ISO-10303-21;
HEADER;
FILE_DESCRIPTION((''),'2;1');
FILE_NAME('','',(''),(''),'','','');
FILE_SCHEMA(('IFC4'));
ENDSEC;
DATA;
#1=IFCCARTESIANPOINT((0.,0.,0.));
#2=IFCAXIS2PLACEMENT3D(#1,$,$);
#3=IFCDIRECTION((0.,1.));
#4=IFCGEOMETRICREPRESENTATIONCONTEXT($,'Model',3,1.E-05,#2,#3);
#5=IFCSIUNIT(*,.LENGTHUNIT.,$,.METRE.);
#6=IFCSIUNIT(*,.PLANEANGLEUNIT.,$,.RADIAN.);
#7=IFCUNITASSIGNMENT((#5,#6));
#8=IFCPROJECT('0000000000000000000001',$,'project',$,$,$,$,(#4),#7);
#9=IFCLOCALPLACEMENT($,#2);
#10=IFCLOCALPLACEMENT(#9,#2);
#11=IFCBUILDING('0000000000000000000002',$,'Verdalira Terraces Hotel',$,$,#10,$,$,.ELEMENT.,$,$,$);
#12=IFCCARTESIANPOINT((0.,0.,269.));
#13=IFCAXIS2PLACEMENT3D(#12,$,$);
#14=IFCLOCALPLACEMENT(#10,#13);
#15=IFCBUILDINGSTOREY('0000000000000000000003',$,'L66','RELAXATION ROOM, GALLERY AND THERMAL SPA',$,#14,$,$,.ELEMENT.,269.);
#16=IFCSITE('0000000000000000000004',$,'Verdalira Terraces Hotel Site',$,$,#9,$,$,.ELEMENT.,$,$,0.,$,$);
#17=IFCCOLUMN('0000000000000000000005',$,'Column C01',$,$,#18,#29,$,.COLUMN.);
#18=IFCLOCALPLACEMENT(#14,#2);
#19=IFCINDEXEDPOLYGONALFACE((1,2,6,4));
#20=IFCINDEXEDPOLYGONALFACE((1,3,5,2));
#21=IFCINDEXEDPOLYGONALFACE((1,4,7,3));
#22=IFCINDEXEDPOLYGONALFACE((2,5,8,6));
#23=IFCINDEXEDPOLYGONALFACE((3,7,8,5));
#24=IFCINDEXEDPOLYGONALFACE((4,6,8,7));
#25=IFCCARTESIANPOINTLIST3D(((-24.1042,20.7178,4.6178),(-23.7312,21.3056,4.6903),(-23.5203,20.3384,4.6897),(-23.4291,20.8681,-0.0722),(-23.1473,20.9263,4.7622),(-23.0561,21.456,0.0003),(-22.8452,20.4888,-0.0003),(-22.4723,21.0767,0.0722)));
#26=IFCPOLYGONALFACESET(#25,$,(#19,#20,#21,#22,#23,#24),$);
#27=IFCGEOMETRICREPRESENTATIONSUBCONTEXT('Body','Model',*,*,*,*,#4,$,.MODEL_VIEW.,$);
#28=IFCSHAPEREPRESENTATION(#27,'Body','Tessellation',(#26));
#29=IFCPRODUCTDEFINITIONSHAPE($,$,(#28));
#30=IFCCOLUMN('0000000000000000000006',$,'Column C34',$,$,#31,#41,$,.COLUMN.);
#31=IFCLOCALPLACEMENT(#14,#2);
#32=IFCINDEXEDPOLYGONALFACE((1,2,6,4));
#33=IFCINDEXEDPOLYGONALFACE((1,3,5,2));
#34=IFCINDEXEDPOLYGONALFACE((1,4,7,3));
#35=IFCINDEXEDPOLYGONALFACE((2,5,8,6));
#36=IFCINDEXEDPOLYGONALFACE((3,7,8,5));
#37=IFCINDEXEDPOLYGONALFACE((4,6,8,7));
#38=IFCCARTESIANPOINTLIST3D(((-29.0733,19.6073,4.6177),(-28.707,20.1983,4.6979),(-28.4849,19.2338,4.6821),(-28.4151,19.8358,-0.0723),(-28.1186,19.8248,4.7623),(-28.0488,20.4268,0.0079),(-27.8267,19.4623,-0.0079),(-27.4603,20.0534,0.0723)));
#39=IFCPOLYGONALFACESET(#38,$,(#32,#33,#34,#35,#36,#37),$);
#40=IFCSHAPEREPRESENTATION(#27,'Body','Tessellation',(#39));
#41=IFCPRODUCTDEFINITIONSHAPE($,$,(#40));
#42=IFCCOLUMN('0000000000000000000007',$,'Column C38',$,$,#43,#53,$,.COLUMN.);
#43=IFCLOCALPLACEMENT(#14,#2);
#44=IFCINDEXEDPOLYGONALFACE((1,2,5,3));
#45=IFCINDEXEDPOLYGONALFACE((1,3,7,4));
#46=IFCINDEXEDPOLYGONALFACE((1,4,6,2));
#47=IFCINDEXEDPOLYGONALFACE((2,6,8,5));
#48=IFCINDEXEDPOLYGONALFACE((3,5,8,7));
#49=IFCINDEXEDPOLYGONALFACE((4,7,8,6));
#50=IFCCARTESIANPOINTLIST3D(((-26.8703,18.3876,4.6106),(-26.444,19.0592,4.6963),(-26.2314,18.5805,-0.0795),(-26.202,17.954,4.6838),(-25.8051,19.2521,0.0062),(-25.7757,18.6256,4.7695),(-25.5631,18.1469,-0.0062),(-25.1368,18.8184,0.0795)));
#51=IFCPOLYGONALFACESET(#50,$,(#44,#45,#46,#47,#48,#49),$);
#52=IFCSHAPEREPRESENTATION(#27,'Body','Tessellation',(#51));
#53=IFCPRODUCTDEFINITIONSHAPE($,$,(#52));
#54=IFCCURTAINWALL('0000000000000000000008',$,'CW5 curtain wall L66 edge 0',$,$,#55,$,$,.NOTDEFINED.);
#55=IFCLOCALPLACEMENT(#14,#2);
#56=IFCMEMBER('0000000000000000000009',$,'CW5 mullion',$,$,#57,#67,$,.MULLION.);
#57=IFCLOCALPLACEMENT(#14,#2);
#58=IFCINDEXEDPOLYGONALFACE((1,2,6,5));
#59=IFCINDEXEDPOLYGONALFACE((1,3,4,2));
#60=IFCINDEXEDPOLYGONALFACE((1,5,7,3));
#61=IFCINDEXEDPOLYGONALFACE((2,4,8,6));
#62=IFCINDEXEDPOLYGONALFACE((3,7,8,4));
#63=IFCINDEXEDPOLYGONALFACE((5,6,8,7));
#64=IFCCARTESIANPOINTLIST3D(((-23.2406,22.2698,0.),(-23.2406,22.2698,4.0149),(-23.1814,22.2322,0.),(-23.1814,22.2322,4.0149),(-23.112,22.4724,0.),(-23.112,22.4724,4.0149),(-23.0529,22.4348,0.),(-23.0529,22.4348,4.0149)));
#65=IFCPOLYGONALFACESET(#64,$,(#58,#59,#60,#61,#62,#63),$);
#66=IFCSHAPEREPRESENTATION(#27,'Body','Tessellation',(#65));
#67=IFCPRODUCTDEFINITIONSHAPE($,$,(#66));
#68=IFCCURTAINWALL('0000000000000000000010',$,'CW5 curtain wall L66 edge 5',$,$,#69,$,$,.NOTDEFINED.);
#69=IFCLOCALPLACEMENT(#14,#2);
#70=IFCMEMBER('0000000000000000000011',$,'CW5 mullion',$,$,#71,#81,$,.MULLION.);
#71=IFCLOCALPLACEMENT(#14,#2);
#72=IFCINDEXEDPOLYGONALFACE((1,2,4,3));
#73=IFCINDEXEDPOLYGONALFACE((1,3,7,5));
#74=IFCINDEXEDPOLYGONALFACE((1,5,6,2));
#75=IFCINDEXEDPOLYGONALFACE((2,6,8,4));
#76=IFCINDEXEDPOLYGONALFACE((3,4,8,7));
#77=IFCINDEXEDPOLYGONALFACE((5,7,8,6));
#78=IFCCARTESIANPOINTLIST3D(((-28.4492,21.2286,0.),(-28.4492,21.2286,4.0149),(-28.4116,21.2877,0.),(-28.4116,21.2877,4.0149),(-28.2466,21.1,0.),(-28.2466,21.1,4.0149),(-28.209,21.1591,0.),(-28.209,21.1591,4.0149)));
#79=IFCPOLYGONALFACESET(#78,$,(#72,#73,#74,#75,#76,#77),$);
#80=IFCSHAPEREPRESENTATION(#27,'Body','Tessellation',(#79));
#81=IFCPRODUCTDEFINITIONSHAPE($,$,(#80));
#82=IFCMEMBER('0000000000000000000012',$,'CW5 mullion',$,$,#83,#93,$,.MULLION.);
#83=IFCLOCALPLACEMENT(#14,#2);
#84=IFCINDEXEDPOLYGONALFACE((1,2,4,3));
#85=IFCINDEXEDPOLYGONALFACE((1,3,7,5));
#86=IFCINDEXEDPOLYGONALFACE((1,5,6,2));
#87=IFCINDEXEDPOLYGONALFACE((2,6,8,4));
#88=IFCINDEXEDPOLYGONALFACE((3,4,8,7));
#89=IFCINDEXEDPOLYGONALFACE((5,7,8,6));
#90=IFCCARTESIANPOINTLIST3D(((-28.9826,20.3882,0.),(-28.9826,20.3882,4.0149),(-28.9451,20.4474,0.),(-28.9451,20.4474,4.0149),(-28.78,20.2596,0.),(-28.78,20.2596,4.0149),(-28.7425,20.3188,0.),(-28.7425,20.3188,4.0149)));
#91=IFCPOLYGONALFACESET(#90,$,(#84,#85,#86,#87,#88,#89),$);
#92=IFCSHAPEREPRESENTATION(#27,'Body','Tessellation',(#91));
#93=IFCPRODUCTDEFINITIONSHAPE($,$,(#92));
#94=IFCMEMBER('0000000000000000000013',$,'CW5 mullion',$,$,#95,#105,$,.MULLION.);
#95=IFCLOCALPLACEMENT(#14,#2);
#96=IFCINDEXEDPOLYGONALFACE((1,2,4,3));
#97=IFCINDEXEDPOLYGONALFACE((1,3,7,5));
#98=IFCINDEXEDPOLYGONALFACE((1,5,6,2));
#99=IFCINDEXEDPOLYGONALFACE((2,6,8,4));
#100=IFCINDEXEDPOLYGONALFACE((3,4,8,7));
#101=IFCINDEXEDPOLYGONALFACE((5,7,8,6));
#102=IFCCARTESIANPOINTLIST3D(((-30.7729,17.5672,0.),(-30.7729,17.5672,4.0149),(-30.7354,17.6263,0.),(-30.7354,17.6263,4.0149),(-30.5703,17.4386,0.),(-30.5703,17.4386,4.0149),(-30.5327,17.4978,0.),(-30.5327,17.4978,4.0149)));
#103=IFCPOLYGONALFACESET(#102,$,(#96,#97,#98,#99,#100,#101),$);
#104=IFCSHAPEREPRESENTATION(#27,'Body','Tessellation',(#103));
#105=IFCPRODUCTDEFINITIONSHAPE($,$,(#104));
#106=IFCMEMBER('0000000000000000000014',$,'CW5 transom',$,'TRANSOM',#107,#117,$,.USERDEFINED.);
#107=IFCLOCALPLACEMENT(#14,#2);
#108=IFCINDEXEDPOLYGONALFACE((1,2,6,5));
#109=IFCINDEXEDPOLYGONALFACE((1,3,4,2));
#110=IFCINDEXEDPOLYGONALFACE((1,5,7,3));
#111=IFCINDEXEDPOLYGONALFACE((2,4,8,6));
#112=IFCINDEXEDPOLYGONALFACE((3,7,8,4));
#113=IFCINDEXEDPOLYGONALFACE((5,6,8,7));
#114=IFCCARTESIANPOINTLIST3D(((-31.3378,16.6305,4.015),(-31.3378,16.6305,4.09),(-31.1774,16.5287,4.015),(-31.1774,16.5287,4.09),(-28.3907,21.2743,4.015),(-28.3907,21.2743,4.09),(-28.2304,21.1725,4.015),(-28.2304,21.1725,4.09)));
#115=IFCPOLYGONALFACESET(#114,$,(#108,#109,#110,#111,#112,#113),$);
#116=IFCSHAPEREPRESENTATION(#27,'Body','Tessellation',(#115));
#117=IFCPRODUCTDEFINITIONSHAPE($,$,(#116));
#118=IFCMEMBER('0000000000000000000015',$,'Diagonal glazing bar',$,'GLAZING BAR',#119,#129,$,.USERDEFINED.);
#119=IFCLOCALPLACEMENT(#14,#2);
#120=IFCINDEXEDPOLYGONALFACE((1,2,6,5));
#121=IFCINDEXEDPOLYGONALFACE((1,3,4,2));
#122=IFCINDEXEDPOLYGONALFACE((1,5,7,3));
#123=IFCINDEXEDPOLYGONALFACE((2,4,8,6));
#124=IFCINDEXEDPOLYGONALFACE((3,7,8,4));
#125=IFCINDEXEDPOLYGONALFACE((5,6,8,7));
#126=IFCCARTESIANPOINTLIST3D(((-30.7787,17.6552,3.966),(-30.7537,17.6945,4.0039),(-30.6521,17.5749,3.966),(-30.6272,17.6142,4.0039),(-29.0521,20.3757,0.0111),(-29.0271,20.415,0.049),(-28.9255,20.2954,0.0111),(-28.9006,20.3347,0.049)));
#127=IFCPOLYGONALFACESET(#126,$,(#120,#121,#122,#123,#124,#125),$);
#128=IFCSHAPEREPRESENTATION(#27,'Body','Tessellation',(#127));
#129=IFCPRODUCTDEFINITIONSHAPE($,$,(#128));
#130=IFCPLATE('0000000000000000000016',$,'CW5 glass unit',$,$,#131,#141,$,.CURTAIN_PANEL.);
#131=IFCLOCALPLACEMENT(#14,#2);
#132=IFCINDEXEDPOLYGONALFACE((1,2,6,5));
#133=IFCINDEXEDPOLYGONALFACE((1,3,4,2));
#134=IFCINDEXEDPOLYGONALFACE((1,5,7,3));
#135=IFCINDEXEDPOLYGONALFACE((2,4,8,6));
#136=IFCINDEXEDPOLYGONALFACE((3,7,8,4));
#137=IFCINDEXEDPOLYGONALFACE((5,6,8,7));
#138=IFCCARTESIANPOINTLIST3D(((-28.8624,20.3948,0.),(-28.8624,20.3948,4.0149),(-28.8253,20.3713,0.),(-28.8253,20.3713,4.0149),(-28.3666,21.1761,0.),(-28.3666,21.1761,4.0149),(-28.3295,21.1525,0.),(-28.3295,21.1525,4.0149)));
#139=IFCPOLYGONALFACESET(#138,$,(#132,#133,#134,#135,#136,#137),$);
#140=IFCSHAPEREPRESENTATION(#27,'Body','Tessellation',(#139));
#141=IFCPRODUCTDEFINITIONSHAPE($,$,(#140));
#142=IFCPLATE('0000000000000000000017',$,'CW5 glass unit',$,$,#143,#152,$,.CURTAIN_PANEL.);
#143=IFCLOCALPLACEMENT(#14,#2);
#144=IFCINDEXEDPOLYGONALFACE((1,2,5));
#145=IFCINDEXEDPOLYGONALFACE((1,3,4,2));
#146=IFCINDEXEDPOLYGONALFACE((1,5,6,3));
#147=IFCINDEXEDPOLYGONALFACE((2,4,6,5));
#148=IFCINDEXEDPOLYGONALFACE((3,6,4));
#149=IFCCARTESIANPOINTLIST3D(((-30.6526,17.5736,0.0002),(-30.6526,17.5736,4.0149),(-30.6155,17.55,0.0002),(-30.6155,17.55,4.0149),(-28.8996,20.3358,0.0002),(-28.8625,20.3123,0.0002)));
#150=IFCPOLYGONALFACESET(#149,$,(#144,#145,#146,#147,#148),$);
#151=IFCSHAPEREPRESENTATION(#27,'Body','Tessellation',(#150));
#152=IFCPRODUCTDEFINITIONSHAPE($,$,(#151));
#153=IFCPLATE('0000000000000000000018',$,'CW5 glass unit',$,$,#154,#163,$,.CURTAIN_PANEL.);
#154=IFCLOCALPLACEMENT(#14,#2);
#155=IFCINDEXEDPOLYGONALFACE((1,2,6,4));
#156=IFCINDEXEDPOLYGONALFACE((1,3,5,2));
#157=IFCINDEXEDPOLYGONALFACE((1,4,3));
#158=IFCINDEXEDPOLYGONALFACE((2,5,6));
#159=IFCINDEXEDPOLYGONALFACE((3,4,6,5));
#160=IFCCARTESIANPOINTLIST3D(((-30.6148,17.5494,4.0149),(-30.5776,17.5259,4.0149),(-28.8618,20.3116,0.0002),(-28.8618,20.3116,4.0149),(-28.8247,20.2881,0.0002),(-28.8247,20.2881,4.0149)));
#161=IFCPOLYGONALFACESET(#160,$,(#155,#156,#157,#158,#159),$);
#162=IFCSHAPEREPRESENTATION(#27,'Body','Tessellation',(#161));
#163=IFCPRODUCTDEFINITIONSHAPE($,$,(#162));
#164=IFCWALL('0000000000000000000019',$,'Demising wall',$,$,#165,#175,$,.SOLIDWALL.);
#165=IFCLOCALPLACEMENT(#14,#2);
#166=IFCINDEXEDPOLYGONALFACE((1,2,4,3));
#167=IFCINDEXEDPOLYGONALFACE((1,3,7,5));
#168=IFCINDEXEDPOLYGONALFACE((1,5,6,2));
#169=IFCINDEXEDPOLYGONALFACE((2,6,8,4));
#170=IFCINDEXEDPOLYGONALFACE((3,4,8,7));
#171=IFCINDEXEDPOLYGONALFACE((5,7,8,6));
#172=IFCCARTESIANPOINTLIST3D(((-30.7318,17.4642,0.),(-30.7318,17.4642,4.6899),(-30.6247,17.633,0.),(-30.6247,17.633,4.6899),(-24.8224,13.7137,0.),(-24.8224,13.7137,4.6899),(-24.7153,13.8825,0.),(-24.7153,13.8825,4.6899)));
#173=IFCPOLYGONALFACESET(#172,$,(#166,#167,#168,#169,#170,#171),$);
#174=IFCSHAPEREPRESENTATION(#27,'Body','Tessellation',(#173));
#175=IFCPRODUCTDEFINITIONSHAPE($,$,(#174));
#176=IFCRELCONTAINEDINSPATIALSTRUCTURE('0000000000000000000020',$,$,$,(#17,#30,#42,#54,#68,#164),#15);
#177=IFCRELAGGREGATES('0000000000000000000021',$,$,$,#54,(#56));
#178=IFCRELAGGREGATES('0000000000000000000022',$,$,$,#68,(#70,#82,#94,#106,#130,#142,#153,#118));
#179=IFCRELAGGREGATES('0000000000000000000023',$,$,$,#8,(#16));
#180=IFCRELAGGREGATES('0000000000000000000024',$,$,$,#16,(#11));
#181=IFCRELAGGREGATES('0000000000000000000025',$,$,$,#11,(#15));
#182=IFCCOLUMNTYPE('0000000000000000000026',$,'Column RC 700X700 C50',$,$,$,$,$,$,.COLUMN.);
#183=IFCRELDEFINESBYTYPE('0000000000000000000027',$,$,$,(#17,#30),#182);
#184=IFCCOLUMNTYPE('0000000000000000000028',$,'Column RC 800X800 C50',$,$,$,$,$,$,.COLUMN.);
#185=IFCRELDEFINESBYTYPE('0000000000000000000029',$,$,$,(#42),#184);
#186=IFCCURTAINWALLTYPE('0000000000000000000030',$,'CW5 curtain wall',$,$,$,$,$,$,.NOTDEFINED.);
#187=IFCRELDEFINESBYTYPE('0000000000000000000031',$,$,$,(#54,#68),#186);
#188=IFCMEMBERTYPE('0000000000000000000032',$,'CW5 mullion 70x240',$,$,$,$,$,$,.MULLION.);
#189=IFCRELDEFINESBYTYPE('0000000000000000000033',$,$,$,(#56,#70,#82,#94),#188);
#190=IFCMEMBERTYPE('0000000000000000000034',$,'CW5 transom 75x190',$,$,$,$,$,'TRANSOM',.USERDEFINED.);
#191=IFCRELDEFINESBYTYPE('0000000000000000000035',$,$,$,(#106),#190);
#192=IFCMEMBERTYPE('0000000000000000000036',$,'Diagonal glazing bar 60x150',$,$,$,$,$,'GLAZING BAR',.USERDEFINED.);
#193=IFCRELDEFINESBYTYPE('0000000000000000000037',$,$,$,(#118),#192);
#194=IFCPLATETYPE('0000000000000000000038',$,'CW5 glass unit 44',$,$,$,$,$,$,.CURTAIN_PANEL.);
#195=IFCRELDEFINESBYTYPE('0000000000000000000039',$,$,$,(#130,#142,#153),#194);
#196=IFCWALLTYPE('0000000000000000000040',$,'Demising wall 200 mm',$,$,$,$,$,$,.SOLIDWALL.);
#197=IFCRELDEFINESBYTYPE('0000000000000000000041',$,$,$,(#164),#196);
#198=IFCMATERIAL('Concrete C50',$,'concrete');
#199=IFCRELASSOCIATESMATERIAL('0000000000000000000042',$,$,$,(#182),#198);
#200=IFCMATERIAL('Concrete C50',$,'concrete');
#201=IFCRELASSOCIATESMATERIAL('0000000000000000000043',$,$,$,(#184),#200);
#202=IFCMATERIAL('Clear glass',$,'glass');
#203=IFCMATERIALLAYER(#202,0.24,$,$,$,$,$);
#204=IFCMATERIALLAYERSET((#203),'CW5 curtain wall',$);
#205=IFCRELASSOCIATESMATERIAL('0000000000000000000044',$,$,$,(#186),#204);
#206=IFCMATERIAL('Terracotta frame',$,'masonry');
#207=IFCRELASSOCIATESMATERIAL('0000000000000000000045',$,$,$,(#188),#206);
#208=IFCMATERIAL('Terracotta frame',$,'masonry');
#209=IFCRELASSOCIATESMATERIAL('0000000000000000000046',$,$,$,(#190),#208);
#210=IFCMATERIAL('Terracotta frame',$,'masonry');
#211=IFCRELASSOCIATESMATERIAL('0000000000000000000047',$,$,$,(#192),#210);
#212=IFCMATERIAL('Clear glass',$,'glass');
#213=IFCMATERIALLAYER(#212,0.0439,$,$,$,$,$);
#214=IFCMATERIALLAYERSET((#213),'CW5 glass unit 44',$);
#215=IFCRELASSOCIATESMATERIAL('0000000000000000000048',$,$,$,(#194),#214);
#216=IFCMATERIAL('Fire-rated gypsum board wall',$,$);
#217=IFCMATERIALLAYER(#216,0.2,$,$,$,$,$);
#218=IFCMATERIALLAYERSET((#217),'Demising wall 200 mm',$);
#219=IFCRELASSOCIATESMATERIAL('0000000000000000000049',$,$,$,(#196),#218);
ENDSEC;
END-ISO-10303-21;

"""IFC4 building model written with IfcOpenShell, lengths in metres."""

from ifc_helpers import new_model, si_unit, direction, frame, frame_2d, origin, origin_2d, place, context, subcontext, project, spatial, polyline, rectangle, outline, extrude, material, layer, layer_set, material_profile, profile_set, type_object, element, aggregate, save


model = new_model("IFC4")

# Units and contexts
model_context = context("Model", 3, precision=1e-05, world=origin(), true_north=direction((0.0, 1.0)))
body_context = subcontext(model_context, "Body", "Model", "MODEL_VIEW")
ifc_project = project(units=[si_unit("LENGTHUNIT", "METRE"), si_unit("PLANEANGLEUNIT", "RADIAN")], contexts=[model_context])

# Site, building, storey
site_placement = place(None, origin())
site = spatial("IfcSite", under=ifc_project, at=site_placement, Name="Verdalira Terraces Hotel Site", CompositionType="ELEMENT", RefElevation=0.0)
building_placement = place(site_placement, origin())
building = spatial("IfcBuilding", under=site, at=building_placement, Name="Verdalira Terraces Hotel", CompositionType="ELEMENT")
storey_placement = place(building_placement, frame((0.0, 0.0, 269.0)))
storey = spatial("IfcBuildingStorey", under=building, at=storey_placement, Name="L66", Description="RELAXATION ROOM, GALLERY AND THERMAL SPA", CompositionType="ELEMENT", Elevation=269.0)

# Columns
ifc_material_1 = material(Name="Concrete C50", Category="concrete")
ifc_material_profile_1 = material_profile(ifc_material_1, rectangle(XDim=0.7, YDim=0.7, at=origin_2d()), Name="RC 700X700")
ifc_profile_set_1 = profile_set([ifc_material_profile_1], Name="Concrete C50")
column_type_1 = type_object("IfcColumnType", Name="Column RC 700X700 C50", PredefinedType="COLUMN", material=ifc_profile_set_1)
column_1_placement = place(storey_placement, frame((-22.9507, 20.9724, 0.0), z_axis=(-0.142396, -0.031724, 0.989301), x_axis=(-0.834137, 0.541914, -0.102685)))
element("IfcColumn", 1, at=column_1_placement, inside=storey, type_object=column_type_1, Name="Column C01", PredefinedType="COLUMN", context=body_context, shape_type="SweptSolid", body=[
    extrude(rectangle(XDim=0.7, YDim=0.7, at=origin_2d()), origin(), (0.0, 0.0, 1.0), 4.7407),
])
column_2_placement = place(storey_placement, frame((-27.9377, 19.9446, 0.0), z_axis=(-0.13882, -0.048196, 0.989144), x_axis=(-0.523349, -0.844378, -0.114591)))
element("IfcColumn", 2, at=column_2_placement, inside=storey, type_object=column_type_1, Name="Column C34", PredefinedType="COLUMN", context=body_context, shape_type="SweptSolid", body=[
    extrude(rectangle(XDim=0.7, YDim=0.7, at=origin_2d()), origin(), (0.0, 0.0, 1.0), 4.7415),
])
ifc_material_2 = material(Name="Concrete C50", Category="concrete")
ifc_material_profile_2 = material_profile(ifc_material_2, rectangle(XDim=0.8, YDim=0.8, at=origin_2d()), Name="RC 800X800")
ifc_profile_set_2 = profile_set([ifc_material_profile_2], Name="Concrete C50")
column_type_2 = type_object("IfcColumnType", Name="Column RC 800X800 C50", PredefinedType="COLUMN", material=ifc_profile_set_2)
column_3_placement = place(storey_placement, frame((-25.6841, 18.6995, 0.0), z_axis=(-0.134872, -0.040714, 0.990026), x_axis=(-0.835395, 0.541977, -0.091518)))
element("IfcColumn", 3, at=column_3_placement, inside=storey, type_object=column_type_2, Name="Column C38", PredefinedType="COLUMN", context=body_context, shape_type="SweptSolid", body=[
    extrude(rectangle(XDim=0.8, YDim=0.8, at=origin_2d()), origin(), (0.0, 0.0, 1.0), 4.7373),
])

# Curtain wall, member
ifc_material_3 = material(Name="Clear glass", Category="glass")
ifc_layer_1 = layer(ifc_material_3, 0.24)
ifc_layer_set_1 = layer_set([ifc_layer_1], Name="CW5 curtain wall")
curtain_wall_type = type_object("IfcCurtainWallType", Name="CW5 curtain wall", PredefinedType="NOTDEFINED", material=ifc_layer_set_1)
curtain_wall_1_placement = place(storey_placement, origin())
curtain_wall_1 = element("IfcCurtainWall", 4, at=curtain_wall_1_placement, inside=storey, type_object=curtain_wall_type, Name="CW5 curtain wall L66 edge 0", PredefinedType="NOTDEFINED")
ifc_material_4 = material(Name="Terracotta frame", Category="masonry")
ifc_material_profile_3 = material_profile(ifc_material_4, rectangle(XDim=0.0701, YDim=0.24, at=origin_2d()), Name="MU 70x240")
ifc_profile_set_3 = profile_set([ifc_material_profile_3], Name="Terracotta frame")
member_type_1 = type_object("IfcMemberType", Name="CW5 mullion 70x240", PredefinedType="MULLION", material=ifc_profile_set_3)
member_1_placement = place(storey_placement, frame((-23.1467, 22.3523, 0.0), z_axis=(0.0, 0.0, 1.0), x_axis=(-0.844328, 0.535827, 0.0)))
member_1 = element("IfcMember", 5, at=member_1_placement, type_object=member_type_1, Name="CW5 mullion", PredefinedType="MULLION", context=body_context, shape_type="SweptSolid", body=[
    extrude(rectangle(XDim=0.0701, YDim=0.24, at=origin_2d()), origin(), (0.0, 0.0, 1.0), 4.0149),
])
aggregate(curtain_wall_1, [member_1])

# Curtain wall, members, plates
curtain_wall_2_placement = place(storey_placement, origin())
curtain_wall_2 = element("IfcCurtainWall", 6, at=curtain_wall_2_placement, inside=storey, type_object=curtain_wall_type, Name="CW5 curtain wall L66 edge 5", PredefinedType="NOTDEFINED")
member_2_placement = place(storey_placement, frame((-28.3291, 21.1938, 0.0), z_axis=(0.0, 0.0, 1.0), x_axis=(-0.535827, -0.844328, 0.0)))
member_2 = element("IfcMember", 7, at=member_2_placement, type_object=member_type_1, Name="CW5 mullion", PredefinedType="MULLION", context=body_context, shape_type="SweptSolid", body=[
    extrude(rectangle(XDim=0.0701, YDim=0.24, at=origin_2d()), origin(), (0.0, 0.0, 1.0), 4.0149),
])
member_3_placement = place(storey_placement, frame((-28.8625, 20.3535, 0.0), z_axis=(0.0, 0.0, 1.0), x_axis=(-0.535827, -0.844328, 0.0)))
member_3 = element("IfcMember", 8, at=member_3_placement, type_object=member_type_1, Name="CW5 mullion", PredefinedType="MULLION", context=body_context, shape_type="SweptSolid", body=[
    extrude(rectangle(XDim=0.0701, YDim=0.24, at=origin_2d()), origin(), (0.0, 0.0, 1.0), 4.0149),
])
member_4_placement = place(storey_placement, frame((-30.6528, 17.5325, 0.0), z_axis=(0.0, 0.0, 1.0), x_axis=(-0.535827, -0.844328, 0.0)))
member_4 = element("IfcMember", 9, at=member_4_placement, type_object=member_type_1, Name="CW5 mullion", PredefinedType="MULLION", context=body_context, shape_type="SweptSolid", body=[
    extrude(rectangle(XDim=0.0701, YDim=0.24, at=origin_2d()), origin(), (0.0, 0.0, 1.0), 4.0149),
])
ifc_material_5 = material(Name="Terracotta frame", Category="masonry")
ifc_material_profile_4 = material_profile(ifc_material_5, rectangle(XDim=0.1899, YDim=0.075, at=origin_2d()), Name="TR 75x190")
ifc_profile_set_4 = profile_set([ifc_material_profile_4], Name="Terracotta frame")
member_type_2 = type_object("IfcMemberType", Name="CW5 transom 75x190", ElementType="TRANSOM", PredefinedType="USERDEFINED", material=ifc_profile_set_4)
member_5_placement = place(storey_placement, frame((-28.3105, 21.2234, 4.0525), z_axis=(-0.535824, -0.84433, 0.0), x_axis=(0.84433, -0.535824, 0.0)))
member_5 = element("IfcMember", 10, at=member_5_placement, type_object=member_type_2, Name="CW5 transom", ObjectType="TRANSOM", PredefinedType="USERDEFINED", context=body_context, shape_type="SweptSolid", body=[
    extrude(rectangle(XDim=0.1899, YDim=0.075, at=origin_2d()), origin(), (0.0, 0.0, 1.0), 5.5),
])
ifc_material_6 = material(Name="Terracotta frame", Category="masonry")
ifc_material_profile_5 = material_profile(ifc_material_6, rectangle(XDim=0.1499, YDim=0.0601, at=origin_2d()), Name="GB 60x150")
ifc_profile_set_5 = profile_set([ifc_material_profile_5], Name="Terracotta frame")
member_type_3 = type_object("IfcMemberType", Name="Diagonal glazing bar 60x150", ElementType="GLAZING BAR", PredefinedType="USERDEFINED", material=ifc_profile_set_5)
member_6_placement = place(storey_placement, frame((-28.9763, 20.3552, 0.03), z_axis=(-0.33846, -0.533294, 0.775269), x_axis=(0.844313, -0.53585, 0.0)))
member_6 = element("IfcMember", 11, at=member_6_placement, type_object=member_type_3, Name="Diagonal glazing bar", ObjectType="GLAZING BAR", PredefinedType="USERDEFINED", context=body_context, shape_type="SweptSolid", body=[
    extrude(rectangle(XDim=0.1499, YDim=0.0601, at=origin_2d()), origin(), (0.0, 0.0, 1.0), 5.1013),
])
ifc_material_7 = material(Name="Clear glass", Category="glass")
ifc_layer_2 = layer(ifc_material_7, 0.0439)
ifc_layer_set_2 = layer_set([ifc_layer_2], Name="CW5 glass unit 44")
plate_type = type_object("IfcPlateType", Name="CW5 glass unit 44", PredefinedType="CURTAIN_PANEL", material=ifc_layer_set_2)
plate_1_placement = place(storey_placement, frame((-28.5959, 20.7737, 0.0), z_axis=(0.0, 0.0, 1.0), x_axis=(-0.535827, -0.844328, 0.0)))
plate_1 = element("IfcPlate", 12, at=plate_1_placement, type_object=plate_type, Name="CW5 glass unit", PredefinedType="CURTAIN_PANEL", context=body_context, shape_type="SweptSolid", body=[
    extrude(rectangle(XDim=0.9253, YDim=0.0439, at=origin_2d()), origin(), (0.0, 0.0, 1.0), 4.0149),
])
plate_2_placement = place(storey_placement, frame((-29.739, 18.9312, 2.0076), z_axis=(-0.844328, 0.535827, 0.0), x_axis=(-0.535827, -0.844328, 0.0)))
plate_2 = element("IfcPlate", 13, at=plate_2_placement, type_object=plate_type, Name="CW5 glass unit", PredefinedType="CURTAIN_PANEL", context=body_context, shape_type="SweptSolid", body=[
    extrude(outline(polyline([(-1.6357, -2.0073), (1.6357, -2.0073), (1.6357, 2.0073), (-1.6357, -2.0073)])), origin(), (0.0, 0.0, 1.0), 0.0439),
])
plate_3_placement = place(storey_placement, frame((-29.7012, 18.907, 2.0076), z_axis=(-0.844328, 0.535827, 0.0), x_axis=(-0.535827, -0.844328, 0.0)))
plate_3 = element("IfcPlate", 14, at=plate_3_placement, type_object=plate_type, Name="CW5 glass unit", PredefinedType="CURTAIN_PANEL", context=body_context, shape_type="SweptSolid", body=[
    extrude(outline(polyline([(-1.6357, -2.0073), (1.6357, 2.0073), (-1.6357, 2.0073), (-1.6357, -2.0073)])), origin(), (0.0, 0.0, 1.0), 0.0439),
])
aggregate(curtain_wall_2, [member_2, member_3, member_4, member_5, plate_1, plate_2, plate_3, member_6])

# Wall
ifc_material_8 = material(Name="Fire-rated gypsum board wall")
ifc_layer_3 = layer(ifc_material_8, 0.2)
ifc_layer_set_3 = layer_set([ifc_layer_3], Name="Demising wall 200 mm")
wall_type_1 = type_object("IfcWallType", Name="Demising wall 200 mm", PredefinedType="SOLIDWALL", material=ifc_layer_set_3)
wall_1_placement = place(storey_placement, frame((-30.6782, 17.5486, 0.0), z_axis=(0.0, 0.0, 1.0), x_axis=(0.844312, -0.535853, 0.0)))
element("IfcWall", 15, at=wall_1_placement, inside=storey, type_object=wall_type_1, Name="Demising wall", PredefinedType="SOLIDWALL", context=body_context, shape_type="SweptSolid", body=[
    extrude(rectangle(XDim=6.999, YDim=0.2, at=frame_2d((3.4995, 0.0))), origin(), (0.0, 0.0, 1.0), 4.6899),
])

save(model, "model.ifc")
